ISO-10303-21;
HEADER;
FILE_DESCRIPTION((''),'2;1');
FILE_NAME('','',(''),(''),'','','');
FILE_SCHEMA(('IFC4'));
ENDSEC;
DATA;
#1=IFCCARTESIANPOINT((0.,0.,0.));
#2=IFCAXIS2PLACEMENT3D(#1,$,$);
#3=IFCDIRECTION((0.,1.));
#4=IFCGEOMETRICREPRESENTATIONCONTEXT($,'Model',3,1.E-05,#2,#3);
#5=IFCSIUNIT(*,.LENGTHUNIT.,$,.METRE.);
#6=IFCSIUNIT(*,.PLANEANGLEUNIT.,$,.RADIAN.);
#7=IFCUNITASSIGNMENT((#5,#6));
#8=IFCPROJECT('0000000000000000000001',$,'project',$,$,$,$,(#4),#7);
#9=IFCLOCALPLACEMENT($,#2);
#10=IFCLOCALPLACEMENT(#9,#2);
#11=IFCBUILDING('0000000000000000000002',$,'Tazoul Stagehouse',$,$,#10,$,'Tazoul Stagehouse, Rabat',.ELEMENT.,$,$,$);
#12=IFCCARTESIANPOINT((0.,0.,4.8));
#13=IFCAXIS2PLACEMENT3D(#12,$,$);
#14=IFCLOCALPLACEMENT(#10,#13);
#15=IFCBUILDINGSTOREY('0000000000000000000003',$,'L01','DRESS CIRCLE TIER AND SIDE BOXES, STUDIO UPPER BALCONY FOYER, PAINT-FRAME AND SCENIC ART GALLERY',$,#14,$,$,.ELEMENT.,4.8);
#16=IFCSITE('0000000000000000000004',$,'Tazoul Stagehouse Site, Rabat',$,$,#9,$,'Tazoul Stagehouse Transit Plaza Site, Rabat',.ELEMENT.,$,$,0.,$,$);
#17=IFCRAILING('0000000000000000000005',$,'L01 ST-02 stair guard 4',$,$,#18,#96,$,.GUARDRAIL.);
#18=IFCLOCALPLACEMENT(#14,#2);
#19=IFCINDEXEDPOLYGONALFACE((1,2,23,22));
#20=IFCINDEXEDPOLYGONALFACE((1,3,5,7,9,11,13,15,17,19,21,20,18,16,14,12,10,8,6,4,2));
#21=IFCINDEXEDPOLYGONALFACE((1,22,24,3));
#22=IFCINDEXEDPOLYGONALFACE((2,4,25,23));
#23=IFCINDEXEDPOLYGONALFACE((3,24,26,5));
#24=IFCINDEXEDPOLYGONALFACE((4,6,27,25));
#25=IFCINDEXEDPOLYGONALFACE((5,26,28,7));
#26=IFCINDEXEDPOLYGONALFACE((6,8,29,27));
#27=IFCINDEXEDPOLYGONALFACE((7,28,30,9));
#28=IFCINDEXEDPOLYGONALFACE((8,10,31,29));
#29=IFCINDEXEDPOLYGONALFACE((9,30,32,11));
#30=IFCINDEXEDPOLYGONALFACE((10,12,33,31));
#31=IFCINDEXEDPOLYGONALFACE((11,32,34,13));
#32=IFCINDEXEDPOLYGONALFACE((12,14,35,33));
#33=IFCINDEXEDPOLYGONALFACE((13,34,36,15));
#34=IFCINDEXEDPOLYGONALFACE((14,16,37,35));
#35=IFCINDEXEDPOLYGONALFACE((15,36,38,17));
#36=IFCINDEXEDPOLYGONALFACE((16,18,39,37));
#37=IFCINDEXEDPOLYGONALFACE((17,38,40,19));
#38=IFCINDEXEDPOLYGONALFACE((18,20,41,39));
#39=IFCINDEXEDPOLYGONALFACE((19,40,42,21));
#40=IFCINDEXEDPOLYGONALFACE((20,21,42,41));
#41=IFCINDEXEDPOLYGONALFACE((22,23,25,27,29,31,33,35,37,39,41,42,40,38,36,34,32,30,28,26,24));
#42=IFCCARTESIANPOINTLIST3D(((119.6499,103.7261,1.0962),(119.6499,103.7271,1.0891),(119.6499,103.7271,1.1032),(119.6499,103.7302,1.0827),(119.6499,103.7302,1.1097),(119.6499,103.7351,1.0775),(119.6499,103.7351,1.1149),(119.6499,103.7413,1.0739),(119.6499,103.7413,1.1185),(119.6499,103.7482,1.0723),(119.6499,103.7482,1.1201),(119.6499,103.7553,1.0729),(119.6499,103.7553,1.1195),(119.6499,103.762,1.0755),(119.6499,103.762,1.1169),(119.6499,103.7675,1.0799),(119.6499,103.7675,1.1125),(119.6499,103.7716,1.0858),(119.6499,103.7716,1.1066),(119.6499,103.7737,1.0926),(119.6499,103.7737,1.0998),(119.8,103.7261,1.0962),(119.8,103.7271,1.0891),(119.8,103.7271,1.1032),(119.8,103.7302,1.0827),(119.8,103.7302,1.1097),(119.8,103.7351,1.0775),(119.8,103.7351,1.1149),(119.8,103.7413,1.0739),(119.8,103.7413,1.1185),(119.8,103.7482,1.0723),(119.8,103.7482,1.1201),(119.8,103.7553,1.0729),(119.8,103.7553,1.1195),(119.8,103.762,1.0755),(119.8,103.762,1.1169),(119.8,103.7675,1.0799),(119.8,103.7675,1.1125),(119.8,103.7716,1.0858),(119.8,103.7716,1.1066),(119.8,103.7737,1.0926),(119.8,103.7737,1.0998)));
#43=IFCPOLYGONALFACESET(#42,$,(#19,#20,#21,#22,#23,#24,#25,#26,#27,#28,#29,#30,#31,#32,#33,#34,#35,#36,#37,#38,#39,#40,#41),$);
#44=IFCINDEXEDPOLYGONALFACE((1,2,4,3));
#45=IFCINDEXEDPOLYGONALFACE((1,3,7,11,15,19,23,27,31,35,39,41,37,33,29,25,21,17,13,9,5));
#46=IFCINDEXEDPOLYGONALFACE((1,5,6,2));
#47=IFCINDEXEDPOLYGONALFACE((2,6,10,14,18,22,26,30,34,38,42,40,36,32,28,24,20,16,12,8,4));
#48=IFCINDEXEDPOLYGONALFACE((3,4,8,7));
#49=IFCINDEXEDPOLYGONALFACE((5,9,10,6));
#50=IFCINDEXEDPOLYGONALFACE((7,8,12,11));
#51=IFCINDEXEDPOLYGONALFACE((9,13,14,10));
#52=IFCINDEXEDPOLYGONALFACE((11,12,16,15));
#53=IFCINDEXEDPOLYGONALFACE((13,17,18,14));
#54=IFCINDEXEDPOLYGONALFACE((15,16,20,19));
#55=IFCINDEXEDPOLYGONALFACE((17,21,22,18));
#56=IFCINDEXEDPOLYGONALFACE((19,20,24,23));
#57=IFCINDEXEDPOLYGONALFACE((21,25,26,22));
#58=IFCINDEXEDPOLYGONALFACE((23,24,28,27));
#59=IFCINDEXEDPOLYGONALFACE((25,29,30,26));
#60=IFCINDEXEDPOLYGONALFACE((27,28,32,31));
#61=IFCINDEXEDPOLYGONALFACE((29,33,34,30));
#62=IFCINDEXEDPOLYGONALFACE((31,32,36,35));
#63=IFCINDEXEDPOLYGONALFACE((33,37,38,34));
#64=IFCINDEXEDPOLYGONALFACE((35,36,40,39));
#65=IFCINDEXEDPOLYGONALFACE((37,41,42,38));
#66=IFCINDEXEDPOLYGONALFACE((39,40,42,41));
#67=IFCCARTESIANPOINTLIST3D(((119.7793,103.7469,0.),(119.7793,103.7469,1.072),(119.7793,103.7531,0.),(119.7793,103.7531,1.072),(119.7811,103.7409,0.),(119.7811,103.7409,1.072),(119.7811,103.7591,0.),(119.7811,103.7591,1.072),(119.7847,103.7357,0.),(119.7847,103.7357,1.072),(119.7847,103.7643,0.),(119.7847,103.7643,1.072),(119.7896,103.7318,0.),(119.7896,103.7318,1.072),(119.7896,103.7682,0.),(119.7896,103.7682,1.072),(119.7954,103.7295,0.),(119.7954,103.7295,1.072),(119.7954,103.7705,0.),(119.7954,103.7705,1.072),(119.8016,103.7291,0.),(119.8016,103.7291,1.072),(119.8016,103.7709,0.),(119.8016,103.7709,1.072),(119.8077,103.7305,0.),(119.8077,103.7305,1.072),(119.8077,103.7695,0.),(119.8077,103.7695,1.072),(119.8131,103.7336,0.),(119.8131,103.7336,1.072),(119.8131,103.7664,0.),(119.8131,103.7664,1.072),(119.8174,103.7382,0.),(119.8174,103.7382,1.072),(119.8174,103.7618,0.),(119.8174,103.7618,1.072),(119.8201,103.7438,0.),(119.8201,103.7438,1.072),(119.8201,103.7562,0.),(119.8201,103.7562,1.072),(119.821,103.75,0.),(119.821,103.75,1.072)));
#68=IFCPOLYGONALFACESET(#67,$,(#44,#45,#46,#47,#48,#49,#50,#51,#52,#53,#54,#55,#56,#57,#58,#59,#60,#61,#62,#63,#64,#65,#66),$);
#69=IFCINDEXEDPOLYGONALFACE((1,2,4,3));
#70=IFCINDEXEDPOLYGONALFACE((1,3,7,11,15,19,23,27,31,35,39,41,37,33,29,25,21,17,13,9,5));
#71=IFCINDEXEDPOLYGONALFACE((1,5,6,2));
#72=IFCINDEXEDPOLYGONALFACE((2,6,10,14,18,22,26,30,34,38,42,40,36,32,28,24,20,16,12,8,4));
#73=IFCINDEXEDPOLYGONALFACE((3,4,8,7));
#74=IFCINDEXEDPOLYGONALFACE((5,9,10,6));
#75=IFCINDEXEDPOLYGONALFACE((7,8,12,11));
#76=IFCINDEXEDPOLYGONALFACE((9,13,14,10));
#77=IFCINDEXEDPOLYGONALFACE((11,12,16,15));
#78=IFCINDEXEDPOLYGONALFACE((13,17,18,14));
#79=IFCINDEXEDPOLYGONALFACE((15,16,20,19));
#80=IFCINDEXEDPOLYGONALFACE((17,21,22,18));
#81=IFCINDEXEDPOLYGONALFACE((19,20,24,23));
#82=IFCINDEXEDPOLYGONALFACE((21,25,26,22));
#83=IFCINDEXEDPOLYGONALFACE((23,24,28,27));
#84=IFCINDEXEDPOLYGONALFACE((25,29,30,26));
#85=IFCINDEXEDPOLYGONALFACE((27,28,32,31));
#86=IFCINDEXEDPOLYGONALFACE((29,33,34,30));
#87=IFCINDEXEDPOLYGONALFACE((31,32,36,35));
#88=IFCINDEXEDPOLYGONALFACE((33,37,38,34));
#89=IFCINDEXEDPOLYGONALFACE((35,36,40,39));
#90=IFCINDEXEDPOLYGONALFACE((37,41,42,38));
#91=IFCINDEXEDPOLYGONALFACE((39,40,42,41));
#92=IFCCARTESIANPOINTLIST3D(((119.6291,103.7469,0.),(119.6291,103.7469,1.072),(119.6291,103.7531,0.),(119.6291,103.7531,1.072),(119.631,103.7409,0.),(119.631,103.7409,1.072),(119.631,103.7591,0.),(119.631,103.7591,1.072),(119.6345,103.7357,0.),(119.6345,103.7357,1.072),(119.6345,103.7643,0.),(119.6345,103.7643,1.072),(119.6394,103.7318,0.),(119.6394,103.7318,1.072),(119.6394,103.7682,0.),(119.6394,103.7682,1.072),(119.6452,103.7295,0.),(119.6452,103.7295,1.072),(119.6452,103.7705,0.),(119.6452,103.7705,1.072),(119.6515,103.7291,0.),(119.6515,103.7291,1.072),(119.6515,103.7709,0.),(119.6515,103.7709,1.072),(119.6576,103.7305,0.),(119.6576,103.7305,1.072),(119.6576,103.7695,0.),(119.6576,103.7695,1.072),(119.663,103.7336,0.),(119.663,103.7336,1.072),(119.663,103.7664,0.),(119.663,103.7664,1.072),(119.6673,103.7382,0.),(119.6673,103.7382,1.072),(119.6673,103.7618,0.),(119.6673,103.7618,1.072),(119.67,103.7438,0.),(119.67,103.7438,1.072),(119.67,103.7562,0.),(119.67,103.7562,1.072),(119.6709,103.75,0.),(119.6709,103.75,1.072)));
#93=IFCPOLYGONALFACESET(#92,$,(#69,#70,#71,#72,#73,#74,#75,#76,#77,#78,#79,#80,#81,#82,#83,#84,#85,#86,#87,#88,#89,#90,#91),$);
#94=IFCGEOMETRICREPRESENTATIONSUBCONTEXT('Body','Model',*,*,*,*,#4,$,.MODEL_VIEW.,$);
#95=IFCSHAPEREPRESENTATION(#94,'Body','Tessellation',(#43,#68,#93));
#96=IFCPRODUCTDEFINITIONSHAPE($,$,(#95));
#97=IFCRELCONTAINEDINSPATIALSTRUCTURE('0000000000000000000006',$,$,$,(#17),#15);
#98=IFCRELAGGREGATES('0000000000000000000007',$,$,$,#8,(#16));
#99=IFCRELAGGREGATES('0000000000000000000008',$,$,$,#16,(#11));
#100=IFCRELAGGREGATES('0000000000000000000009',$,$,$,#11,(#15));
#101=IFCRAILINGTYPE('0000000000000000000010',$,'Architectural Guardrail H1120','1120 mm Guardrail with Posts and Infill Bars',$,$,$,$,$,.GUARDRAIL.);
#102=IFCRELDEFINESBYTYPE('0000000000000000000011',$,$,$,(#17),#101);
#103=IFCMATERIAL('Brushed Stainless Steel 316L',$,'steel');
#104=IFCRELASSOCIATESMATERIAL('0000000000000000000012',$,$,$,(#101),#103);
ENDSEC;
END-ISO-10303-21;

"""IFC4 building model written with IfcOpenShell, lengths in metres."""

from ifc_helpers import new_model, si_unit, direction, frame, origin, origin_2d, place, context, subcontext, project, spatial, circle, extrude, material, material_profile, profile_set, type_object, element, save


model = new_model("IFC4")

# Units and contexts
model_context = context("Model", 3, precision=1e-05, world=origin(), true_north=direction((0.0, 1.0)))
body_context = subcontext(model_context, "Body", "Model", "MODEL_VIEW")
ifc_project = project(units=[si_unit("LENGTHUNIT", "METRE"), si_unit("PLANEANGLEUNIT", "RADIAN")], contexts=[model_context])

# Site, building, storey
site_placement = place(None, origin())
site = spatial("IfcSite", under=ifc_project, at=site_placement, Name="Tazoul Stagehouse Site, Rabat", LongName="Tazoul Stagehouse Transit Plaza Site, Rabat", CompositionType="ELEMENT", RefElevation=0.0)
building_placement = place(site_placement, origin())
building = spatial("IfcBuilding", under=site, at=building_placement, Name="Tazoul Stagehouse", LongName="Tazoul Stagehouse, Rabat", CompositionType="ELEMENT")
storey_placement = place(building_placement, frame((0.0, 0.0, 4.8)))
storey = spatial("IfcBuildingStorey", under=building, at=storey_placement, Name="L01", Description="DRESS CIRCLE TIER AND SIDE BOXES, STUDIO UPPER BALCONY FOYER, PAINT-FRAME AND SCENIC ART GALLERY", CompositionType="ELEMENT", Elevation=4.8)

# Railing
ifc_material_1 = material(Name="Brushed Stainless Steel 316L", Category="steel")
ifc_material_profile_1 = material_profile(ifc_material_1, circle(Radius=0.0239, at=origin_2d()), Name="SS RAIL D48")
ifc_profile_set_1 = profile_set([ifc_material_profile_1], Name="Brushed Stainless Steel 316L")
railing_type_1 = type_object("IfcRailingType", Name="Architectural Guardrail H1120", Description="1120 mm Guardrail with Posts and Infill Bars", PredefinedType="GUARDRAIL", material=ifc_profile_set_1)
railing_1_placement = place(storey_placement, frame((119.8, 103.75, 0.0)))
element("IfcRailing", 1, at=railing_1_placement, inside=storey, type_object=railing_type_1, Name="L01 ST-02 stair guard 4", PredefinedType="GUARDRAIL", context=body_context, shape_type="SweptSolid", body=[
    extrude(circle(Radius=0.0239, at=origin_2d()), frame((0.0, 0.0, 1.0962), z_axis=(-1.0, 0.0, 0.0), x_axis=(0.0, -1.0, 0.0)), (0.0, 0.0, 1.0), 0.1501),
    extrude(circle(Radius=0.021, at=origin_2d()), origin(), (0.0, 0.0, 1.0), 1.072),
    extrude(circle(Radius=0.021, at=origin_2d()), frame((-0.1501, 0.0, 0.0)), (0.0, 0.0, 1.0), 1.072),
])

save(model, "model.ifc")
